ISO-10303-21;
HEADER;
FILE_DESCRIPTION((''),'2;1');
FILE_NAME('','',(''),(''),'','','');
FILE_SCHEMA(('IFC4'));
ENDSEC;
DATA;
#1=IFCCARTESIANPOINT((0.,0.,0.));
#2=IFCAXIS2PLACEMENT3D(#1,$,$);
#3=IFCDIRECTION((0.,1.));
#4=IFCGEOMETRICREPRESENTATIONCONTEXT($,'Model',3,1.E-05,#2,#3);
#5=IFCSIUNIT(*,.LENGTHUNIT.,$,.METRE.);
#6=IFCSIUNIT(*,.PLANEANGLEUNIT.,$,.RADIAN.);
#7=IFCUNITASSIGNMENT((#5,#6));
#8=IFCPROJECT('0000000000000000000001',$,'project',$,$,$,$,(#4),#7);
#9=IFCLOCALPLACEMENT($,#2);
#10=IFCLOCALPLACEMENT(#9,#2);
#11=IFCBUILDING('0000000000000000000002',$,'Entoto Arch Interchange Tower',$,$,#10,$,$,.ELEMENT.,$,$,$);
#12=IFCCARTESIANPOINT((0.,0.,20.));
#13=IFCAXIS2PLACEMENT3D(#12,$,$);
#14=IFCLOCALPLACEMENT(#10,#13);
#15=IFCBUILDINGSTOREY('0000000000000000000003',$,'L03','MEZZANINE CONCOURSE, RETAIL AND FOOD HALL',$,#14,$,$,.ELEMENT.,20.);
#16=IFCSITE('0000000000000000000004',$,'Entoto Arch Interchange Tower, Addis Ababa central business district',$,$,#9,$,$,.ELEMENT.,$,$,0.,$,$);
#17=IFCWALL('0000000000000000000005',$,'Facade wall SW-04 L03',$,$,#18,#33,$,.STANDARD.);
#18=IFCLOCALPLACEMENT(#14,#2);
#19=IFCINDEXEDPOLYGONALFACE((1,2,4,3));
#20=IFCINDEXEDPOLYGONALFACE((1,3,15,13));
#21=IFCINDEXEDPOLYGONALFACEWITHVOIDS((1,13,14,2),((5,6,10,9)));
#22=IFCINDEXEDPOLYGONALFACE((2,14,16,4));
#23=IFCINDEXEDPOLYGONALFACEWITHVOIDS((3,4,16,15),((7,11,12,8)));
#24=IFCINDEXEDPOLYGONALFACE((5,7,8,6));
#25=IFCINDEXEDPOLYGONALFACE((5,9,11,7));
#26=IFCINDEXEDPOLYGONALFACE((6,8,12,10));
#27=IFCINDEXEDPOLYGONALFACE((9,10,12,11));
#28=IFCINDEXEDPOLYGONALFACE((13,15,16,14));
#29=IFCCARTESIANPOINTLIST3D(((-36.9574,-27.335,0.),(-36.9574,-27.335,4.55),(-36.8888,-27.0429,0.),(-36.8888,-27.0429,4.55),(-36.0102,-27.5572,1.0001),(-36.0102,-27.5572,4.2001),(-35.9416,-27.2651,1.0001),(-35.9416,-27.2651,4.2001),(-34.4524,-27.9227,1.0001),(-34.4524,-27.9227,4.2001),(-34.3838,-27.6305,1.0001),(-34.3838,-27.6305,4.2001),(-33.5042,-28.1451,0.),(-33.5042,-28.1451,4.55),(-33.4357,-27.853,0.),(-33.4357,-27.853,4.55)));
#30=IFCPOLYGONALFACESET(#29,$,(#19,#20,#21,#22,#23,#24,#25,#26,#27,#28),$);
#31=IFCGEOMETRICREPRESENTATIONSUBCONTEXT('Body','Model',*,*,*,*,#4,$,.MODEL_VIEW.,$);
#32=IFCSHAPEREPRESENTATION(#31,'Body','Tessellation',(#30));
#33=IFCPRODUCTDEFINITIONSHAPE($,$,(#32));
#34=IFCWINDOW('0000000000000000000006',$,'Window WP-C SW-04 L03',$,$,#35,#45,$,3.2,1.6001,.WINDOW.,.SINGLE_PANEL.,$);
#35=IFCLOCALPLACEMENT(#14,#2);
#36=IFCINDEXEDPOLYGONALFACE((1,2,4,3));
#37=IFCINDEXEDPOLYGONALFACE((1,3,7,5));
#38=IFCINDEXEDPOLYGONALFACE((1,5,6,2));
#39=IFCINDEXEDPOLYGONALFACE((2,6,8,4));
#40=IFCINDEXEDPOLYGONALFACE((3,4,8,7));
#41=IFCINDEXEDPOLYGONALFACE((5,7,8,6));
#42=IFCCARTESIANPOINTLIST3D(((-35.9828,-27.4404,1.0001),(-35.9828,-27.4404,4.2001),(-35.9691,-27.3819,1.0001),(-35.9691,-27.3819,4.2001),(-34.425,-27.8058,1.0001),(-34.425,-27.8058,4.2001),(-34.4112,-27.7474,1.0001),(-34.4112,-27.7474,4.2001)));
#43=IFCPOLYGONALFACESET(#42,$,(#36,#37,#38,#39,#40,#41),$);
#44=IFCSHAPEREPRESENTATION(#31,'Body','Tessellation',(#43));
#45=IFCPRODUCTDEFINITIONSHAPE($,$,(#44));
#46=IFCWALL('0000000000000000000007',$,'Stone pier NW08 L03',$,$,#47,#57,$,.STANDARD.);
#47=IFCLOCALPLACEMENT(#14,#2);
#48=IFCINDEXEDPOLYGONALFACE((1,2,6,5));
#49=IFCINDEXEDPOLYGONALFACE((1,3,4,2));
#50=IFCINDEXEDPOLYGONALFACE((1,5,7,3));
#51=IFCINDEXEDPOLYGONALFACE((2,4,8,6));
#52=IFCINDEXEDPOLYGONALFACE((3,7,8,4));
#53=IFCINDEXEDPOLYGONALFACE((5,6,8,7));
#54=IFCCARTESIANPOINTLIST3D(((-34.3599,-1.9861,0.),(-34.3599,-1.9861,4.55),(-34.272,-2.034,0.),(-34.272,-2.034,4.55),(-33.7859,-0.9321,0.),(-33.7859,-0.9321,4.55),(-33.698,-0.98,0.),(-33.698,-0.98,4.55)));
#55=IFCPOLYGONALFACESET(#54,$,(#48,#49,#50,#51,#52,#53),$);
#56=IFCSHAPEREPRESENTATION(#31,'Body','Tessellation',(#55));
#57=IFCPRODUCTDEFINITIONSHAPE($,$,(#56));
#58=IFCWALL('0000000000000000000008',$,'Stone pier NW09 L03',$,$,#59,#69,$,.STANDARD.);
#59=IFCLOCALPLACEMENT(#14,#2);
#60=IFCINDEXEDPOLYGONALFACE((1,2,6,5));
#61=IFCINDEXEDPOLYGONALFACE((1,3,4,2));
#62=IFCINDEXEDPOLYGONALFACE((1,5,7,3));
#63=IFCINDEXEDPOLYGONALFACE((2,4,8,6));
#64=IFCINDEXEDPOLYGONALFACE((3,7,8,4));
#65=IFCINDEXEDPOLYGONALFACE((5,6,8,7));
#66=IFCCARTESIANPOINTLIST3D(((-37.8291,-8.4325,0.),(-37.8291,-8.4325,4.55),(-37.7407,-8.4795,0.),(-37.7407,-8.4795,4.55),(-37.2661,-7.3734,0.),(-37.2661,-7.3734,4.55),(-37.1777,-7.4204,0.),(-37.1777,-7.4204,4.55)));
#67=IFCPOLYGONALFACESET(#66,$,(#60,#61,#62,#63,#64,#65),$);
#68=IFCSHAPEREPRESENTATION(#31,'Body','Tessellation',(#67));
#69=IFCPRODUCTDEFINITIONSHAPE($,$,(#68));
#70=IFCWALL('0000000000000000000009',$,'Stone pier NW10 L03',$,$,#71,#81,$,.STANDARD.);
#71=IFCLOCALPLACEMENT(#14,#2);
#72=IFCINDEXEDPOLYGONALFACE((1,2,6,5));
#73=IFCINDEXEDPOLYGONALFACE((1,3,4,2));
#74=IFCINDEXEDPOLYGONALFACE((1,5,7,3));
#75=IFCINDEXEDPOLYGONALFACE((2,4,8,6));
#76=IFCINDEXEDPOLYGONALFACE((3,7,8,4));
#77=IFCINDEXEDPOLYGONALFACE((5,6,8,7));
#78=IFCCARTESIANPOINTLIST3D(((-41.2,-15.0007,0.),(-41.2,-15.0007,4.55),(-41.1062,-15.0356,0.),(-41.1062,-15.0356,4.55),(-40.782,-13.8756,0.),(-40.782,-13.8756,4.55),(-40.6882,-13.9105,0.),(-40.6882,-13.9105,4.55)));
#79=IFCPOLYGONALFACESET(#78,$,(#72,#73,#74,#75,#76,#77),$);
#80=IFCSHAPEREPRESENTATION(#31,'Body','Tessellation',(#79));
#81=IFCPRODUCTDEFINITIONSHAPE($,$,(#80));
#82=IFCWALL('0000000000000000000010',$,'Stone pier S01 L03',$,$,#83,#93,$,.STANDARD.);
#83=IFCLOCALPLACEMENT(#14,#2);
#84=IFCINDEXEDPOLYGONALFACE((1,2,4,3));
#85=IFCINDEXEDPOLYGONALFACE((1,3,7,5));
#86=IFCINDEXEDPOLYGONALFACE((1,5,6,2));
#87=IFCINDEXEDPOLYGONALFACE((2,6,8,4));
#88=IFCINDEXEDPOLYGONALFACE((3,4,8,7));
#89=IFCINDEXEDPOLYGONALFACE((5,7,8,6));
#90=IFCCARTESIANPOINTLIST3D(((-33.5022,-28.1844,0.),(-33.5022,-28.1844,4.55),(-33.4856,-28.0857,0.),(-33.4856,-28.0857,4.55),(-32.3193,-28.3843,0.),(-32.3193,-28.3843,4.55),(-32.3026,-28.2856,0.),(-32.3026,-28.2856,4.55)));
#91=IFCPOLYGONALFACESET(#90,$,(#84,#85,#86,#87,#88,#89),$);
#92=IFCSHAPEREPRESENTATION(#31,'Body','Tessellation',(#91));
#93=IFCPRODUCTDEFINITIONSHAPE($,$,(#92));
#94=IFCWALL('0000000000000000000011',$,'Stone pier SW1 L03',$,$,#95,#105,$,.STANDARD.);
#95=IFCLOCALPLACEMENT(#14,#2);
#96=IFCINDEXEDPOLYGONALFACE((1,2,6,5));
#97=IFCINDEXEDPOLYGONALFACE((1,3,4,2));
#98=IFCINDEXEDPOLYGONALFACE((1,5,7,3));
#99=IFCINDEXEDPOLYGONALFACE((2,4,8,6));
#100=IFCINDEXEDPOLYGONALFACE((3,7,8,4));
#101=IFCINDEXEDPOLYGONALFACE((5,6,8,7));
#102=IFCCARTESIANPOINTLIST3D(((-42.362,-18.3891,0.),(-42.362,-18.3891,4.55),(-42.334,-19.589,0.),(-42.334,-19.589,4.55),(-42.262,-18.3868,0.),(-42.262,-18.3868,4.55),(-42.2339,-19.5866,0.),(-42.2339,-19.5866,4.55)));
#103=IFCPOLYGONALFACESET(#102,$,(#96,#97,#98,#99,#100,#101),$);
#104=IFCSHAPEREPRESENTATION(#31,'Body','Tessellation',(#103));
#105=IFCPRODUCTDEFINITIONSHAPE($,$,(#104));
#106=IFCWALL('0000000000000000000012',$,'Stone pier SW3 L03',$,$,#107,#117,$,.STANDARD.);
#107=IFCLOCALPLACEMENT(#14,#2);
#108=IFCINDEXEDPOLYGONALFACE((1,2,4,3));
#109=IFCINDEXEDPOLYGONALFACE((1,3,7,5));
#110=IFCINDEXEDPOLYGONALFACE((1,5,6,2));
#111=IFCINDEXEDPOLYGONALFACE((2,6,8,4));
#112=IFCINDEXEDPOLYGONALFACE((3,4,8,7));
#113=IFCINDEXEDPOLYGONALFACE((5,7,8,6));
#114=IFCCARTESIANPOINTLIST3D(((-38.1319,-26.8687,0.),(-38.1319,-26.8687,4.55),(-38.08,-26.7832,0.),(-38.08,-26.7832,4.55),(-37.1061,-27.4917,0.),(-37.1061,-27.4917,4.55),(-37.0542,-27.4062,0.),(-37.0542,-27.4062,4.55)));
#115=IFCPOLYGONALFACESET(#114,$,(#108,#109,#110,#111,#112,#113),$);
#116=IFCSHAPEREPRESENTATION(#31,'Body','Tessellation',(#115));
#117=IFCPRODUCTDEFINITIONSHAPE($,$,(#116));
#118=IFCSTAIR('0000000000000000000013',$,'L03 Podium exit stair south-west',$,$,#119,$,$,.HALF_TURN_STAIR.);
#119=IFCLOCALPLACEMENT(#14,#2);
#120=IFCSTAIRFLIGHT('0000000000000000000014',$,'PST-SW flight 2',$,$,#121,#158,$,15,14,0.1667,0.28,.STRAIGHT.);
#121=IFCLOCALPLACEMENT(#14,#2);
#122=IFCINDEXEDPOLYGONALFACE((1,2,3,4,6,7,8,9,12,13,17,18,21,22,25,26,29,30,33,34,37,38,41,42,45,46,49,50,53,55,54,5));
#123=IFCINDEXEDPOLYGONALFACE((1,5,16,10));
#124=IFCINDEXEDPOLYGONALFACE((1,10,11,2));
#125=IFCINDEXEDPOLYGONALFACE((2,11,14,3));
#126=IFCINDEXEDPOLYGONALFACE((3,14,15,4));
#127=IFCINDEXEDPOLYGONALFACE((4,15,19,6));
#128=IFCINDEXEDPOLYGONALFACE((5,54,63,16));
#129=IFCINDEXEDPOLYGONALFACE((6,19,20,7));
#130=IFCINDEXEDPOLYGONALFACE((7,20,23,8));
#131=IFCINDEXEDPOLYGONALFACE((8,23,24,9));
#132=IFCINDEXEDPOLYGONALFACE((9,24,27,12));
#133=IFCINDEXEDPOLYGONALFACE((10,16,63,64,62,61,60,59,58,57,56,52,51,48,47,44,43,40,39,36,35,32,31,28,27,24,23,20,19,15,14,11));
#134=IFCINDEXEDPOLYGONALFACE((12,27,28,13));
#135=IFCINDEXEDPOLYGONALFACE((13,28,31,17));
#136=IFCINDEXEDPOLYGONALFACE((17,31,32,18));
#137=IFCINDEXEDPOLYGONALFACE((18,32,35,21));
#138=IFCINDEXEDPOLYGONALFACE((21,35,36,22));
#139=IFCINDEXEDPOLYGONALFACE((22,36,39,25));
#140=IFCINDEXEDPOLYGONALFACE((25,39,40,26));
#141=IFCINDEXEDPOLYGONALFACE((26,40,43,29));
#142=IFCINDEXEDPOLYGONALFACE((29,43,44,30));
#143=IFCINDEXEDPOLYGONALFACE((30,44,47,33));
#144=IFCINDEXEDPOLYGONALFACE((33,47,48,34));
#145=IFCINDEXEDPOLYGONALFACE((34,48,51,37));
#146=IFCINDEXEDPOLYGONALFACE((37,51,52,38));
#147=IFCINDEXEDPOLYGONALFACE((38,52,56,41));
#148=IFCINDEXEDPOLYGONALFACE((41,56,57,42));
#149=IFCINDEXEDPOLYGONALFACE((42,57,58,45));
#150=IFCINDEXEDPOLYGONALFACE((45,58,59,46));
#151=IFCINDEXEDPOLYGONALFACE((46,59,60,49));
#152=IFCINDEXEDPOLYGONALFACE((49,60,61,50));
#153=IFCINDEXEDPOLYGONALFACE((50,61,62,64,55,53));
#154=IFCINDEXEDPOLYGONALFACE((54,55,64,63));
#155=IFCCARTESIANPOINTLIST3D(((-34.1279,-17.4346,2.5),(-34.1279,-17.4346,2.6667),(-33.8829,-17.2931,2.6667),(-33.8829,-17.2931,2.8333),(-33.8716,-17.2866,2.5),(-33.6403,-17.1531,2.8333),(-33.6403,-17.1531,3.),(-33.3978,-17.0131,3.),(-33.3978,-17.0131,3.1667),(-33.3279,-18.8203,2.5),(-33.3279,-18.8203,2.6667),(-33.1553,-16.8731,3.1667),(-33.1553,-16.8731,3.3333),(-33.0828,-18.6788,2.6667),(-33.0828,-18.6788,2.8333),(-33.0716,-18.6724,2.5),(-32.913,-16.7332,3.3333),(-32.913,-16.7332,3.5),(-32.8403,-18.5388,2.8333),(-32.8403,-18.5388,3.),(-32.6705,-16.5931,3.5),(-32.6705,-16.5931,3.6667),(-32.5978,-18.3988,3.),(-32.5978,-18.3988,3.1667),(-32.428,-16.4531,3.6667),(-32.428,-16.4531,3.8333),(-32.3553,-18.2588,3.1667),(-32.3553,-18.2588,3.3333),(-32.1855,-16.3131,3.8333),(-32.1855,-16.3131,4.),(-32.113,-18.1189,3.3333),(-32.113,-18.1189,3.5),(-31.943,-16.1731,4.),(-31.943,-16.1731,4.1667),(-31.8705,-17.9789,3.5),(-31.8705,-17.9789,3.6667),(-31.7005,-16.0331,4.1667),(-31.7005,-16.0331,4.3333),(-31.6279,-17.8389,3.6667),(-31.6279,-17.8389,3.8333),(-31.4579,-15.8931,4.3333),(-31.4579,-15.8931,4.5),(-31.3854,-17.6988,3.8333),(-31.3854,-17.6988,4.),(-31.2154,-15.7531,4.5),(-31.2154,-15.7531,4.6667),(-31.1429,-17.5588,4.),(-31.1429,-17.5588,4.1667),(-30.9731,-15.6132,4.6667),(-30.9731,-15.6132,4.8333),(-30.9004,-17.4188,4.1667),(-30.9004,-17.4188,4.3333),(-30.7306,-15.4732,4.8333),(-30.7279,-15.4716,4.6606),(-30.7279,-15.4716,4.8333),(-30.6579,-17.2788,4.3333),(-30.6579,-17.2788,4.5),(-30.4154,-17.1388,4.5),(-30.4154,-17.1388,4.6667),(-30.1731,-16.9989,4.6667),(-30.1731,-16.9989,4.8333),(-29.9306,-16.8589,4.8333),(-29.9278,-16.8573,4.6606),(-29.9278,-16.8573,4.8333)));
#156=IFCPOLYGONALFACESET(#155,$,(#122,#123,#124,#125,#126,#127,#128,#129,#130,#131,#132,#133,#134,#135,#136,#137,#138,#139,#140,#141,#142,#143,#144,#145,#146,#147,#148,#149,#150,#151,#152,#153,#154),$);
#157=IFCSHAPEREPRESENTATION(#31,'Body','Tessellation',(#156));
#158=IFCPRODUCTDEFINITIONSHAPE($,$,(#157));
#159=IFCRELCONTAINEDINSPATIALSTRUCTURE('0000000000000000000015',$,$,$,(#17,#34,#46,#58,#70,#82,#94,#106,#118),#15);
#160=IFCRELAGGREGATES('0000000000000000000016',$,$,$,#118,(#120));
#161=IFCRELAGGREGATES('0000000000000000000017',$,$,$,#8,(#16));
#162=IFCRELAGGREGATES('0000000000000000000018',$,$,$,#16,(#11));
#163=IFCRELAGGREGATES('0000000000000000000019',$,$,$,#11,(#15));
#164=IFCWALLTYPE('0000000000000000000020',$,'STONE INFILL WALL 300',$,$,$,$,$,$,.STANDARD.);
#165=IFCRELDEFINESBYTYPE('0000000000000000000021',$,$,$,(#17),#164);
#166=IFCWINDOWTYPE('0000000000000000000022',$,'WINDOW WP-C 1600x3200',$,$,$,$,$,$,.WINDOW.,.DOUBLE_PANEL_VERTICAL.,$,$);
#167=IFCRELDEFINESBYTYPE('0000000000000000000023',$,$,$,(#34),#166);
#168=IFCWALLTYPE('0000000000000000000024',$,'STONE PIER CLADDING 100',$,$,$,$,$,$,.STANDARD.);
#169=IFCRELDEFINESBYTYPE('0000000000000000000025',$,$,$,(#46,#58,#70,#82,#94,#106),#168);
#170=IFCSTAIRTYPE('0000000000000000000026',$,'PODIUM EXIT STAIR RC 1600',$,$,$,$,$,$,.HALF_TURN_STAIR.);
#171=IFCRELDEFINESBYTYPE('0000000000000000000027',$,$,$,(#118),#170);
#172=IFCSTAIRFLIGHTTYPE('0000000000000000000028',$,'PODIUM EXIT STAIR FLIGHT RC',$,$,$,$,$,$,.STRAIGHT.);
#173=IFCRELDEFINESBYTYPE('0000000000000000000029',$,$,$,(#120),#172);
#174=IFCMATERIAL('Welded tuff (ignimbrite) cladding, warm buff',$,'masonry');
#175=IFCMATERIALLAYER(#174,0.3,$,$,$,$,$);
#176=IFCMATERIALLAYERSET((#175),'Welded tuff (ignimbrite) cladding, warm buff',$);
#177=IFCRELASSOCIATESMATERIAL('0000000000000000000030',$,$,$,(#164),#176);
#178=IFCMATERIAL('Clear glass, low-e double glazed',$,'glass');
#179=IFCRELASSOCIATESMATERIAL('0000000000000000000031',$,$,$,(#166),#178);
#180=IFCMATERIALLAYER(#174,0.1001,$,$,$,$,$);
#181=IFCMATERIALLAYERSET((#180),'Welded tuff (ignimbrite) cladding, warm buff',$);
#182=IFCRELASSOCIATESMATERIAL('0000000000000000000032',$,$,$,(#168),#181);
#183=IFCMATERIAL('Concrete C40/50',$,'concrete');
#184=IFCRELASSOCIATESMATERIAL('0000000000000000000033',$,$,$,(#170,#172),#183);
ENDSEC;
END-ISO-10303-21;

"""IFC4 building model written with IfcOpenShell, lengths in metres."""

from ifc_helpers import new_model, si_unit, direction, frame, frame_2d, origin, place, context, subcontext, project, spatial, polyline, rectangle, outline, extrude, material, layer, layer_set, type_object, element, fill, aggregate, save


model = new_model("IFC4")

# Units and contexts
model_context = context("Model", 3, precision=1e-05, world=origin(), true_north=direction((0.0, 1.0)))
body_context = subcontext(model_context, "Body", "Model", "MODEL_VIEW")
ifc_project = project(units=[si_unit("LENGTHUNIT", "METRE"), si_unit("PLANEANGLEUNIT", "RADIAN")], contexts=[model_context])

# Site, building, storey
site_placement = place(None, origin())
site = spatial("IfcSite", under=ifc_project, at=site_placement, Name="Entoto Arch Interchange Tower, Addis Ababa central business district", CompositionType="ELEMENT", RefElevation=0.0)
building_placement = place(site_placement, origin())
building = spatial("IfcBuilding", under=site, at=building_placement, Name="Entoto Arch Interchange Tower", CompositionType="ELEMENT")
storey_placement = place(building_placement, frame((0.0, 0.0, 20.0)))
storey = spatial("IfcBuildingStorey", under=building, at=storey_placement, Name="L03", Description="MEZZANINE CONCOURSE, RETAIL AND FOOD HALL", CompositionType="ELEMENT", Elevation=20.0)

# Shared definitions
ifc_material_1 = material(Name="Concrete C40/50", Category="concrete")

# Shared definitions
ifc_material_2 = material(Name="Welded tuff (ignimbrite) cladding, warm buff", Category="masonry")
ifc_layer_1 = layer(ifc_material_2, 0.3)
ifc_layer_set_1 = layer_set([ifc_layer_1], Name="Welded tuff (ignimbrite) cladding, warm buff")
wall_type_1 = type_object("IfcWallType", Name="STONE INFILL WALL 300", PredefinedType="STANDARD", material=ifc_layer_set_1)
ifc_material_3 = material(Name="Clear glass, low-e double glazed", Category="glass")

# Wall, opening, window
window_type_1 = type_object("IfcWindowType", Name="WINDOW WP-C 1600x3200", PartitioningType="DOUBLE_PANEL_VERTICAL", PredefinedType="WINDOW", material=ifc_material_3)
wall_1_placement = place(storey_placement, frame((-36.9231, -27.189, 0.0), z_axis=(0.0, 0.0, 1.0), x_axis=(0.97357, -0.228387, 0.0)))
wall_1 = element("IfcWall", 1, at=wall_1_placement, inside=storey, type_object=wall_type_1, Name="Facade wall SW-04 L03", PredefinedType="STANDARD", context=body_context, shape_type="SweptSolid", body=[
    extrude(rectangle(XDim=3.5469, YDim=0.3, at=frame_2d((1.7734, 0.0))), origin(), (0.0, 0.0, 1.0), 4.55),
])
opening_1_placement = place(wall_1_placement, frame((0.9729, 0.0, 1.0)))
opening_1 = element("IfcOpeningElement", 2, at=opening_1_placement, cuts=wall_1, PredefinedType="OPENING", context=body_context, shape_type="SweptSolid", body=[
    extrude(rectangle(XDim=1.6001, YDim=3.2, at=frame_2d((0.8, 1.6001))), frame((0.0, 0.1602, 0.0), z_axis=(0.0, -1.0, 0.0), x_axis=(1.0, 0.0, 0.0)), (0.0, 0.0, 1.0), 0.3201),
])
window_1_placement = place(opening_1_placement, origin())
window_1 = element("IfcWindow", 3, at=window_1_placement, inside=storey, type_object=window_type_1, Name="Window WP-C SW-04 L03", OverallHeight=3.2, OverallWidth=1.6001, PartitioningType="SINGLE_PANEL", PredefinedType="WINDOW", context=body_context, shape_type="SweptSolid", body=[
    extrude(rectangle(XDim=1.6001, YDim=3.2, at=frame_2d((0.8, 1.6001))), frame((0.0, 0.03, 0.0), z_axis=(0.0, -1.0, 0.0), x_axis=(1.0, 0.0, 0.0)), (0.0, 0.0, 1.0), 0.0601),
])
fill(opening_1, window_1)

# Walls
ifc_layer_2 = layer(ifc_material_2, 0.1001)
ifc_layer_set_2 = layer_set([ifc_layer_2], Name="Welded tuff (ignimbrite) cladding, warm buff")
wall_type_2 = type_object("IfcWallType", Name="STONE PIER CLADDING 100", PredefinedType="STANDARD", material=ifc_layer_set_2)
wall_2_placement = place(storey_placement, frame((-33.7419, -0.9561, 0.0), z_axis=(0.0, 0.0, 1.0), x_axis=(-0.478268, -0.878214, 0.0)))
element("IfcWall", 4, at=wall_2_placement, inside=storey, type_object=wall_type_2, Name="Stone pier NW08 L03", PredefinedType="STANDARD", context=body_context, shape_type="SweptSolid", body=[
    extrude(rectangle(XDim=1.2002, YDim=0.1001, at=frame_2d((0.6001, 0.0))), origin(), (0.0, 0.0, 1.0), 4.55),
])
wall_3_placement = place(storey_placement, frame((-37.2219, -7.397, 0.0), z_axis=(0.0, 0.0, 1.0), x_axis=(-0.469383, -0.882994, 0.0)))
element("IfcWall", 5, at=wall_3_placement, inside=storey, type_object=wall_type_2, Name="Stone pier NW09 L03", PredefinedType="STANDARD", context=body_context, shape_type="SweptSolid", body=[
    extrude(rectangle(XDim=1.1995, YDim=0.1001, at=frame_2d((0.5996, 0.0))), origin(), (0.0, 0.0, 1.0), 4.55),
])
wall_4_placement = place(storey_placement, frame((-40.7351, -13.8931, 0.0), z_axis=(0.0, 0.0, 1.0), x_axis=(-0.348268, -0.937395, 0.0)))
element("IfcWall", 6, at=wall_4_placement, inside=storey, type_object=wall_type_2, Name="Stone pier NW10 L03", PredefinedType="STANDARD", context=body_context, shape_type="SweptSolid", body=[
    extrude(rectangle(XDim=1.2002, YDim=0.1001, at=frame_2d((0.6001, 0.0))), origin(), (0.0, 0.0, 1.0), 4.55),
])
wall_5_placement = place(storey_placement, frame((-33.4939, -28.135, 0.0), z_axis=(0.0, 0.0, 1.0), x_axis=(0.986012, -0.166676, 0.0)))
element("IfcWall", 7, at=wall_5_placement, inside=storey, type_object=wall_type_2, Name="Stone pier S01 L03", PredefinedType="STANDARD", context=body_context, shape_type="SweptSolid", body=[
    extrude(rectangle(XDim=1.1997, YDim=0.1001, at=frame_2d((0.5999, 0.0))), origin(), (0.0, 0.0, 1.0), 4.55),
])
for number, where, z_axis, x_axis, name in (
    (8, (-42.312, -18.3879, 0.0), (0.0, 0.0, 1.0), (0.023391, -0.999726, 0.0), "Stone pier SW1 L03"),
    (9, (-38.106, -26.8259, 0.0), (0.0, 0.0, 1.0), (0.854717, -0.519095, 0.0), "Stone pier SW3 L03"),
):
    element("IfcWall", number, at=place(storey_placement, frame(where, z_axis=z_axis, x_axis=x_axis)), inside=storey, type_object=wall_type_2, Name=name, PredefinedType="STANDARD", context=body_context, shape_type="SweptSolid", body=[
        extrude(rectangle(XDim=1.2002, YDim=0.1001, at=frame_2d((0.6001, 0.0))), origin(), (0.0, 0.0, 1.0), 4.55),
    ])

# Stair, stair flight
stair_type = type_object("IfcStairType", Name="PODIUM EXIT STAIR RC 1600", PredefinedType="HALF_TURN_STAIR", material=ifc_material_1)
stair_placement = place(storey_placement, origin())
stair = element("IfcStair", 10, at=stair_placement, inside=storey, type_object=stair_type, Name="L03 Podium exit stair south-west", PredefinedType="HALF_TURN_STAIR")
stair_flight_type = type_object("IfcStairFlightType", Name="PODIUM EXIT STAIR FLIGHT RC", PredefinedType="STRAIGHT", material=ifc_material_1)
stair_flight_placement = place(storey_placement, frame((-33.7253, -18.126, 2.5), z_axis=(0.0, 0.0, 1.0), x_axis=(0.866025, 0.5, 0.0)))
stair_flight = element("IfcStairFlight", 11, at=stair_flight_placement, type_object=stair_flight_type, Name="PST-SW flight 2", NumberOfRisers=15, NumberOfTreads=14, PredefinedType="STRAIGHT", RiserHeight=0.1667, TreadLength=0.28, context=body_context, shape_type="SweptSolid", body=[
    extrude(outline(polyline([(-0.0029, 0.0), (-0.0029, 0.1667), (0.28, 0.1667), (0.28, 0.3333), (0.5601, 0.3333), (0.5601, 0.5), (0.8401, 0.5), (0.8401, 0.6667), (1.1201, 0.6667), (1.1201, 0.8333), (1.3999, 0.8333), (1.3999, 1.0), (1.6799, 1.0), (1.6799, 1.1667), (1.96, 1.1667), (1.96, 1.3333), (2.24, 1.3333), (2.24, 1.5), (2.52, 1.5), (2.52, 1.6667), (2.8, 1.6667), (2.8, 1.8333), (3.0801, 1.8333), (3.0801, 2.0), (3.3601, 2.0), (3.3601, 2.1667), (3.6399, 2.1667), (3.6399, 2.3333), (3.9199, 2.3333), (3.9231, 2.3333), (3.9231, 2.1606), (0.293, 0.0), (-0.0029, 0.0)])), frame((0.0, 0.8, 0.0), z_axis=(0.0, -1.0, 0.0), x_axis=(1.0, 0.0, 0.0)), (0.0, 0.0, 1.0), 1.6001),
])
aggregate(stair, [stair_flight])

save(model, "model.ifc")
